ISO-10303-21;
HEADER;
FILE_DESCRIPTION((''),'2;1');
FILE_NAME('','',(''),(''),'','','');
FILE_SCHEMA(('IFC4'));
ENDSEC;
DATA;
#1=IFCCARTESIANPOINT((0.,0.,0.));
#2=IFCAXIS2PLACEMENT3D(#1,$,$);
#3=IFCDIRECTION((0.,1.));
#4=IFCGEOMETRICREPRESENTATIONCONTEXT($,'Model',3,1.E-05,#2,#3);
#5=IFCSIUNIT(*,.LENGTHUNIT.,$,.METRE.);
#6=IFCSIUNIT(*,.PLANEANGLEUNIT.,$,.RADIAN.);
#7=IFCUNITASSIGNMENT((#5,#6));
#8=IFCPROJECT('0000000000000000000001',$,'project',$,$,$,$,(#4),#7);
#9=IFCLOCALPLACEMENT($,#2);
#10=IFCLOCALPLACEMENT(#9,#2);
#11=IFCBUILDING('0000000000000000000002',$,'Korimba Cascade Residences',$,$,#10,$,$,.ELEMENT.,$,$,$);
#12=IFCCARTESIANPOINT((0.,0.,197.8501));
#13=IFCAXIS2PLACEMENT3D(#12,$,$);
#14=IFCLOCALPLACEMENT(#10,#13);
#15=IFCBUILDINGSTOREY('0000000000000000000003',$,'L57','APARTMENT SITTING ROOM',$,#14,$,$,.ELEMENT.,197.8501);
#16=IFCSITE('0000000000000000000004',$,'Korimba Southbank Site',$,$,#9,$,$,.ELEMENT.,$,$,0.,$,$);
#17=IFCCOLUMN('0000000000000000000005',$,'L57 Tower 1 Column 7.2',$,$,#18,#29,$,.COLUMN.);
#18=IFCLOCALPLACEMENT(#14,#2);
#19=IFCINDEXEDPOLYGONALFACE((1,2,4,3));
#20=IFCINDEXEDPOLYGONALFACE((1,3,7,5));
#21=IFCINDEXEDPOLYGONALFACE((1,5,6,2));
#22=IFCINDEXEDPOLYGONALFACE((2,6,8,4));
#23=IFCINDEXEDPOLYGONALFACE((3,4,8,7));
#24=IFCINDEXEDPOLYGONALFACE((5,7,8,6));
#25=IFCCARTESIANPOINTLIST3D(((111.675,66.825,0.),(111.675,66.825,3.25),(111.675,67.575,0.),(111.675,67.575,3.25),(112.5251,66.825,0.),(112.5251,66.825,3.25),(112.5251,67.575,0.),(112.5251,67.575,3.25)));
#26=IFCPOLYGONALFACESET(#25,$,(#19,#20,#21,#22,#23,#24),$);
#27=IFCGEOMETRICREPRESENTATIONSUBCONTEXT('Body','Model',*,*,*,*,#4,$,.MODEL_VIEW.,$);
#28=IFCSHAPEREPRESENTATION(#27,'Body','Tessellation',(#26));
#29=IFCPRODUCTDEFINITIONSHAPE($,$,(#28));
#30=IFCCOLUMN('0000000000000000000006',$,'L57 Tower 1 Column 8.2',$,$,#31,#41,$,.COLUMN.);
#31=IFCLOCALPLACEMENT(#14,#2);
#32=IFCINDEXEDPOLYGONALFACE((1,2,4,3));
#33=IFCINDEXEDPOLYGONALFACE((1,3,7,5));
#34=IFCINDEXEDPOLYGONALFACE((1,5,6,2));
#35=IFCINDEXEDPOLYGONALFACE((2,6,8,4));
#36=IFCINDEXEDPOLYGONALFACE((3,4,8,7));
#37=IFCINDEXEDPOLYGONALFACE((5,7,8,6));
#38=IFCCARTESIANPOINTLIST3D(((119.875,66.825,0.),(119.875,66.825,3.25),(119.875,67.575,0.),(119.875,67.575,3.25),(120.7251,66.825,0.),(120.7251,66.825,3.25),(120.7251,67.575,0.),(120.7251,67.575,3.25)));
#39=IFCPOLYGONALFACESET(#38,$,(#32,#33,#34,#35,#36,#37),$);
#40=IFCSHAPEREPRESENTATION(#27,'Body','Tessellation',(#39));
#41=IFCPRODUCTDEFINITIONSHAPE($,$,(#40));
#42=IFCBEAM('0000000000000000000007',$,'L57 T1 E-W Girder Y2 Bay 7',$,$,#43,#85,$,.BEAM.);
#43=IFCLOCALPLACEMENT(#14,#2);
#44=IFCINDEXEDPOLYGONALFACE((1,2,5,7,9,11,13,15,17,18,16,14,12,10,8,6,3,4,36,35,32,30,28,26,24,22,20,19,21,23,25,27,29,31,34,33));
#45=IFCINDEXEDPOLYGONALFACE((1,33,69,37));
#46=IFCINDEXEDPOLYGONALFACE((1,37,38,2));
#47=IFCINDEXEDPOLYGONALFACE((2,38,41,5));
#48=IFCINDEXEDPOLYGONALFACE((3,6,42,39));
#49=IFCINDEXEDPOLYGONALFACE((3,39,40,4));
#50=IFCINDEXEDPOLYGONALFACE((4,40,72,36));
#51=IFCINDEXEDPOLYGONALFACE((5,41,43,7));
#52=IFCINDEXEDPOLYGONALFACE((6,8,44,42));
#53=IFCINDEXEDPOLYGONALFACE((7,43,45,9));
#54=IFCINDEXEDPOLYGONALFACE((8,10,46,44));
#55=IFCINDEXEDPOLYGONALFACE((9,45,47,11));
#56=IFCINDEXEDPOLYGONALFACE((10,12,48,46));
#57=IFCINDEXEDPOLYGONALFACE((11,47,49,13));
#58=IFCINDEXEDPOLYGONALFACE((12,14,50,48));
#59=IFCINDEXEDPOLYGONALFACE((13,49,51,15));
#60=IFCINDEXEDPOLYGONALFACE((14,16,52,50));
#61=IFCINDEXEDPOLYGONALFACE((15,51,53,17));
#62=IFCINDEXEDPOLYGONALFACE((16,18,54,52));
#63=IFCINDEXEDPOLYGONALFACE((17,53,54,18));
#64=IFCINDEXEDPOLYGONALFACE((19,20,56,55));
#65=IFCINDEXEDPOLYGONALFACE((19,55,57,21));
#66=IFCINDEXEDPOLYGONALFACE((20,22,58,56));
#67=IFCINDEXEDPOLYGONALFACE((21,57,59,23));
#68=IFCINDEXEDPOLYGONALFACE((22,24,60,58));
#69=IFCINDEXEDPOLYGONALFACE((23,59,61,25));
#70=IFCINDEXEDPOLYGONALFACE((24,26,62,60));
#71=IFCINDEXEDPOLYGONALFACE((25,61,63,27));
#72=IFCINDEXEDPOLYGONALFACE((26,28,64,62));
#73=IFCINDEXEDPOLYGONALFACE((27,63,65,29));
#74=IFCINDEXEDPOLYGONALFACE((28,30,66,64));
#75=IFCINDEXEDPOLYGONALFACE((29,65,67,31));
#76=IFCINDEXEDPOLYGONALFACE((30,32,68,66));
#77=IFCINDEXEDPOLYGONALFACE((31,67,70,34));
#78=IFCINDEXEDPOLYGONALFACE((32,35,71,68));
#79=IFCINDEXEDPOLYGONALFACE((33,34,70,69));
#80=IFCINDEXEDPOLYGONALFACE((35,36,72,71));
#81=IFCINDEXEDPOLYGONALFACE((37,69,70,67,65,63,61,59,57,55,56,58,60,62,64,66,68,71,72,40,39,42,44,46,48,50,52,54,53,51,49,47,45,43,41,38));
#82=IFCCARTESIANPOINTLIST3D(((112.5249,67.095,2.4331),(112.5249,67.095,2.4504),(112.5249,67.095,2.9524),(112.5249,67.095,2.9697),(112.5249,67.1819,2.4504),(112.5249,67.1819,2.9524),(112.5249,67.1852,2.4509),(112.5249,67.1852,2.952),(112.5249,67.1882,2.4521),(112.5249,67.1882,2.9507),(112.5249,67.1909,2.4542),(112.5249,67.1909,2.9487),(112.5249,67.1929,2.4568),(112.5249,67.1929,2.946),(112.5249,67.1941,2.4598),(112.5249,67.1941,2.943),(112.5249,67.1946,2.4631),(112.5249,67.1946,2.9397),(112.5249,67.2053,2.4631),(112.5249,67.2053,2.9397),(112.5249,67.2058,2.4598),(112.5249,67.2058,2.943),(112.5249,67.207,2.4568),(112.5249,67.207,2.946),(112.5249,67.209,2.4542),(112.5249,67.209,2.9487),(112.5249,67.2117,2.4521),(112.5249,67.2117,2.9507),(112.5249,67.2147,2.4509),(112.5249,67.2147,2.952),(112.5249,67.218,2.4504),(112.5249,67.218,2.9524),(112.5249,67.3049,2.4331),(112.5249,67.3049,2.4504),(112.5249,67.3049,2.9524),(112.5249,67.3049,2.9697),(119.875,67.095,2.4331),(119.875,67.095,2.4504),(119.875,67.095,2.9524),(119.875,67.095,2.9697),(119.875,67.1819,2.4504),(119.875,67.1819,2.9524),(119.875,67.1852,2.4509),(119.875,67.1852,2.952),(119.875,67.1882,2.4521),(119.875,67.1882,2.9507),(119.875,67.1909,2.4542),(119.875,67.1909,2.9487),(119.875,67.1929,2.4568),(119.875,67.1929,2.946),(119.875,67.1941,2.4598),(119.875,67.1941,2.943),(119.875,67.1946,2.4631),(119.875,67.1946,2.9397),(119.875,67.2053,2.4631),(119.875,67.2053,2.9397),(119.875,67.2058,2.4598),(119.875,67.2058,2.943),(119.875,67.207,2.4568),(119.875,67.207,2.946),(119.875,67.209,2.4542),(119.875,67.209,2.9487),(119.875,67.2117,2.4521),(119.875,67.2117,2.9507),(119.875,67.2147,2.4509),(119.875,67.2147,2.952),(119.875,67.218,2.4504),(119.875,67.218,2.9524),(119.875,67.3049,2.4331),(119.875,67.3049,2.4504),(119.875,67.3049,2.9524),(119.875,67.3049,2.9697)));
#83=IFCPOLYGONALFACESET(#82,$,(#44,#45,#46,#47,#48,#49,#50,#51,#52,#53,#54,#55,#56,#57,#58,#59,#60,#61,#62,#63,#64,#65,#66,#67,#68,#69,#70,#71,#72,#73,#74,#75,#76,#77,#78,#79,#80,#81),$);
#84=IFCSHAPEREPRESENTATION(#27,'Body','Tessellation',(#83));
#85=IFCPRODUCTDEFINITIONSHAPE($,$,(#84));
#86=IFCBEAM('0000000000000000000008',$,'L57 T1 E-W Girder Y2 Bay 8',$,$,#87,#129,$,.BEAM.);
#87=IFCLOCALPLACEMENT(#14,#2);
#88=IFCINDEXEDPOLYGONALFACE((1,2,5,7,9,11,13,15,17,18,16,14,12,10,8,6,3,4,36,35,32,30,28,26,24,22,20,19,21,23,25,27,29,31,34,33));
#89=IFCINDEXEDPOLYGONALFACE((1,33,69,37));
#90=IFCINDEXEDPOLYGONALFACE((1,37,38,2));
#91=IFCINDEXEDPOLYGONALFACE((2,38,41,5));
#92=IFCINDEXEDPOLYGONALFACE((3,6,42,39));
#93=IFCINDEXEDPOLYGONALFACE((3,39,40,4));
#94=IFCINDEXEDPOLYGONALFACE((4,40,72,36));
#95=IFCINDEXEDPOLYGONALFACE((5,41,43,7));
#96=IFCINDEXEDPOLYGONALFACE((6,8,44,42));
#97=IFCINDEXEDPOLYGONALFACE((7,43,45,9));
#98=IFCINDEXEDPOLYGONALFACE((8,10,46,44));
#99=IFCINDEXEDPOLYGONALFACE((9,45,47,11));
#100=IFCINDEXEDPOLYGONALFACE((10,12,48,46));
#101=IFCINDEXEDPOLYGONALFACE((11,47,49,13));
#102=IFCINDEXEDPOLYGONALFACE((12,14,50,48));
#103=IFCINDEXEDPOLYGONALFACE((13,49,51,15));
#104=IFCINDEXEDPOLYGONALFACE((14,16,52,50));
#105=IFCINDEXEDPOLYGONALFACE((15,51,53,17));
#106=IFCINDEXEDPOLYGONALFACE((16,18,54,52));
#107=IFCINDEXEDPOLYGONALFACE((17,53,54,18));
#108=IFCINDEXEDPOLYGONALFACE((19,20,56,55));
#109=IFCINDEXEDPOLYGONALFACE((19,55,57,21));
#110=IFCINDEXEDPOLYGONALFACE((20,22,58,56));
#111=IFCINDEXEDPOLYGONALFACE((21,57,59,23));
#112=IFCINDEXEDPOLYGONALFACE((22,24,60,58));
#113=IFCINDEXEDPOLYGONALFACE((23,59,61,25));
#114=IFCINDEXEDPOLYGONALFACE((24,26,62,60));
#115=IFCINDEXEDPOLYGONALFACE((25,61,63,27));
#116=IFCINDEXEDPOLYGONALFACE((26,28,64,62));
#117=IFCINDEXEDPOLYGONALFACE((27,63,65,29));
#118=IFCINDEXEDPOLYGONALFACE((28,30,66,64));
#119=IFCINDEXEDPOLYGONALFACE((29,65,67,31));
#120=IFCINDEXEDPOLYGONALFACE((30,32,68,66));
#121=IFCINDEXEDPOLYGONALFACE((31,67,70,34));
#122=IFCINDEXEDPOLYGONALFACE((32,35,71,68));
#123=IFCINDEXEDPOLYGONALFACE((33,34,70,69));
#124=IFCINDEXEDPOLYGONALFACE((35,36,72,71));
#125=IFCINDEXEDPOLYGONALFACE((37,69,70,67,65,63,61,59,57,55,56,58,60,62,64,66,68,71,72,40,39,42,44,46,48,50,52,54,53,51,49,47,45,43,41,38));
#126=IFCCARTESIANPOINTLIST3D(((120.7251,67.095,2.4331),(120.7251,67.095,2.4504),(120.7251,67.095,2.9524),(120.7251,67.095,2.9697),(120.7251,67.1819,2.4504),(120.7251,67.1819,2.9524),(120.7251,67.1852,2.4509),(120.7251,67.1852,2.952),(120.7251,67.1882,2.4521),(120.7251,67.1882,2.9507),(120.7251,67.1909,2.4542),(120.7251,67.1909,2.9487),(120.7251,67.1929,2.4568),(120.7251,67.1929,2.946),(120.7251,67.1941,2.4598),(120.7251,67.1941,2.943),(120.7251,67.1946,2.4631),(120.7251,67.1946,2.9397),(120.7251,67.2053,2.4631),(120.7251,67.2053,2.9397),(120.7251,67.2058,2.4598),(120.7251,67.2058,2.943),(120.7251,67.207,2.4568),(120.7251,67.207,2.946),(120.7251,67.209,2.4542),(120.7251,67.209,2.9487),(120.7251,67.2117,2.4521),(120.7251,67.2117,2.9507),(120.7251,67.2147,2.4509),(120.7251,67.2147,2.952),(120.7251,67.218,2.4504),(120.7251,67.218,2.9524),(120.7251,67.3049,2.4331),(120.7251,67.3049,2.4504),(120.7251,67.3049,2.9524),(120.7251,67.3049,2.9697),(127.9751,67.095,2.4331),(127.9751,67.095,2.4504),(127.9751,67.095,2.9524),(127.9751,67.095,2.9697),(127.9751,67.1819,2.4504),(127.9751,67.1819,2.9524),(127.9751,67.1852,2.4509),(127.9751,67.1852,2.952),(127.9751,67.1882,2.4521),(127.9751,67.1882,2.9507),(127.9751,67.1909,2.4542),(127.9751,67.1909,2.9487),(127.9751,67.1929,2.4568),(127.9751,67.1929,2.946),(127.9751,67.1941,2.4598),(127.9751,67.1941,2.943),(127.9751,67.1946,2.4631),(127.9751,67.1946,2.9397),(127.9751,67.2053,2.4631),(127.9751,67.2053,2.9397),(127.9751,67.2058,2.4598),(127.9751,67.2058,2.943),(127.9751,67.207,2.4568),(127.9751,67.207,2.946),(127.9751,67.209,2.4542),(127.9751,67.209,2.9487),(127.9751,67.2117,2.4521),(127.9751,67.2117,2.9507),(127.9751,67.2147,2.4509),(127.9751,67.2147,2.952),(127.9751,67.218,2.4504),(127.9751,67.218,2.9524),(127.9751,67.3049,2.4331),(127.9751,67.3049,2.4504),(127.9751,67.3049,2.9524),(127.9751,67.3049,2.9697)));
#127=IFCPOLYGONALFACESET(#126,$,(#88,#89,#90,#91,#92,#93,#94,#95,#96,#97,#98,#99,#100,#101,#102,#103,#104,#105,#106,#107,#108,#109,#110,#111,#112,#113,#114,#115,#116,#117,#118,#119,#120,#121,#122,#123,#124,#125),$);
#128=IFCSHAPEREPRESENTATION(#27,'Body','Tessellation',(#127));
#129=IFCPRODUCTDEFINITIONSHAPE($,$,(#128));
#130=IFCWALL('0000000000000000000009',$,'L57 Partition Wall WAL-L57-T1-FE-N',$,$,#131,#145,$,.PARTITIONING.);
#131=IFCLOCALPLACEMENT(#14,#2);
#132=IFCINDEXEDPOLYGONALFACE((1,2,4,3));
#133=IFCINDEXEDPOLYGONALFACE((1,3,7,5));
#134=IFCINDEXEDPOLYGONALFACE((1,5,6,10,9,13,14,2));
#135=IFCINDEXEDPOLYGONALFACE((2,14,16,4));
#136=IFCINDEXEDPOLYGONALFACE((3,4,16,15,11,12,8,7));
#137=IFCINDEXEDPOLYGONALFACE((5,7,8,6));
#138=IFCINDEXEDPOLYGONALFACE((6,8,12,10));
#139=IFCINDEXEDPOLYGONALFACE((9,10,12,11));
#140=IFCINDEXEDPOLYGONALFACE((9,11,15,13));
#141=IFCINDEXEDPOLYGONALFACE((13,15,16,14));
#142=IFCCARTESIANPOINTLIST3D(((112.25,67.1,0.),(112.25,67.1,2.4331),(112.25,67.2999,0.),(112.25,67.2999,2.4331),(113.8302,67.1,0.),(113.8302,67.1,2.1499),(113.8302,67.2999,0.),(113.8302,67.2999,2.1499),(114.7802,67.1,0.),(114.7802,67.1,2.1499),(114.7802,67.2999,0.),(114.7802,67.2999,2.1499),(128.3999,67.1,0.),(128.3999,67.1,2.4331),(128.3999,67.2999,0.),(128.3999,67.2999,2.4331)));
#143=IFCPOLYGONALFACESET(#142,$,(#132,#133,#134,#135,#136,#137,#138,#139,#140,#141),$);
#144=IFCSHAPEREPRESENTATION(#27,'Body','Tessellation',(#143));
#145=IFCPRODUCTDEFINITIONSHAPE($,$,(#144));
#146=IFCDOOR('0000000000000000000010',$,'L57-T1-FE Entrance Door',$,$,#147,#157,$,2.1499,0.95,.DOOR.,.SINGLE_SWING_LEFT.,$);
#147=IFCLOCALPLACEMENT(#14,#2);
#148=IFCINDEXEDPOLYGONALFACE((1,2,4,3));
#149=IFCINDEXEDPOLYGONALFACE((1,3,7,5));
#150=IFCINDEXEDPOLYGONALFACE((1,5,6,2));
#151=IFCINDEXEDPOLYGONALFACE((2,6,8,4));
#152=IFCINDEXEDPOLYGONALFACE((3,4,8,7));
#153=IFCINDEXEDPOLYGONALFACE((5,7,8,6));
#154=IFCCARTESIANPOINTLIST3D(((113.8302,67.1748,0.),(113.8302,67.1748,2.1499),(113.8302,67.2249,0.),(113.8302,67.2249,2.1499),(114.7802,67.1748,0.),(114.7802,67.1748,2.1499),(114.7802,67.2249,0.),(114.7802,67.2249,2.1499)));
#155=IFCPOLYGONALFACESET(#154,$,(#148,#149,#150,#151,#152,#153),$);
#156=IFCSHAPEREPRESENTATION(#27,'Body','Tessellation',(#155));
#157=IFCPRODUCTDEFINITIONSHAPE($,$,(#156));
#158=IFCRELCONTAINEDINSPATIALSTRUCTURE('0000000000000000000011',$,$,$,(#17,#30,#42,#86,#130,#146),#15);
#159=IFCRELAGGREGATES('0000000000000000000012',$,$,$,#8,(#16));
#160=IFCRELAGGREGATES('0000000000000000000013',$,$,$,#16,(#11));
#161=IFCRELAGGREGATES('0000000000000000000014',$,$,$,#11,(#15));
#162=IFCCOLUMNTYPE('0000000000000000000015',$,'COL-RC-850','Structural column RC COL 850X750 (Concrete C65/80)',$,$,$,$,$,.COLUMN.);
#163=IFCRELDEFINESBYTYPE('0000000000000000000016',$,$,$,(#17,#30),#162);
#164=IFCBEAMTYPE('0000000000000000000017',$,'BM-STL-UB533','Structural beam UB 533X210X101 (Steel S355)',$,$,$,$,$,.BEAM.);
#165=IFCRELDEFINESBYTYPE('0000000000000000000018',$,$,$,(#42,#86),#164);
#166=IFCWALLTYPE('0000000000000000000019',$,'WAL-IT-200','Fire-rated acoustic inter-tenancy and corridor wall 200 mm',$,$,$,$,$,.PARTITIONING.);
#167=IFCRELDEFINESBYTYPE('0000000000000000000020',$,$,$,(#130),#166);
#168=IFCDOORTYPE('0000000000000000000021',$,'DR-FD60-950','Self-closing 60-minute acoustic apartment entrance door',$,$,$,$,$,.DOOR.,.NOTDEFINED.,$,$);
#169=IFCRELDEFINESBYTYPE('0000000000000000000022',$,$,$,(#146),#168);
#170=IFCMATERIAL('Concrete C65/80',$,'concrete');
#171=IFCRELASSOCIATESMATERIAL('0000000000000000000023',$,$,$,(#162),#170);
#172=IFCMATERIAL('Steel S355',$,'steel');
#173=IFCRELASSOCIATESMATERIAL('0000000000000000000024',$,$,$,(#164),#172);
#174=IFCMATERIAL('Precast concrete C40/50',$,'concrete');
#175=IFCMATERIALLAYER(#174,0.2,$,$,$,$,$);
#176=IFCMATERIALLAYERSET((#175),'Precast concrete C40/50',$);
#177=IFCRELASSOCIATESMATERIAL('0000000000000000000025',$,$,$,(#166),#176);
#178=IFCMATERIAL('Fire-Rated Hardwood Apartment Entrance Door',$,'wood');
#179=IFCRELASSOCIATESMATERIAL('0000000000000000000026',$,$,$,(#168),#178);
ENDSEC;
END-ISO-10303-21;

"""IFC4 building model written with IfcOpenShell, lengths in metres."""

from ifc_helpers import new_model, si_unit, direction, frame, frame_2d, origin, origin_2d, place, context, subcontext, project, spatial, rectangle, i_section, extrude, material, layer, layer_set, material_profile, profile_set, type_object, element, fill, save


model = new_model("IFC4")

# Units and contexts
model_context = context("Model", 3, precision=1e-05, world=origin(), true_north=direction((0.0, 1.0)))
body_context = subcontext(model_context, "Body", "Model", "MODEL_VIEW")
ifc_project = project(units=[si_unit("LENGTHUNIT", "METRE"), si_unit("PLANEANGLEUNIT", "RADIAN")], contexts=[model_context])

# Site, building, storey
site_placement = place(None, origin())
site = spatial("IfcSite", under=ifc_project, at=site_placement, Name="Korimba Southbank Site", CompositionType="ELEMENT", RefElevation=0.0)
building_placement = place(site_placement, origin())
building = spatial("IfcBuilding", under=site, at=building_placement, Name="Korimba Cascade Residences", CompositionType="ELEMENT")
storey_placement = place(building_placement, frame((0.0, 0.0, 197.8501)))
storey = spatial("IfcBuildingStorey", under=building, at=storey_placement, Name="L57", Description="APARTMENT SITTING ROOM", CompositionType="ELEMENT", Elevation=197.8501)

# Columns
ifc_material_1 = material(Name="Concrete C65/80", Category="concrete")
ifc_material_profile_1 = material_profile(ifc_material_1, rectangle(XDim=0.8501, YDim=0.75, at=origin_2d()), Name="Concrete C65/80")
ifc_profile_set_1 = profile_set([ifc_material_profile_1], Name="Concrete C65/80")
column_type = type_object("IfcColumnType", Name="COL-RC-850", Description="Structural column RC COL 850X750 (Concrete C65/80)", PredefinedType="COLUMN", material=ifc_profile_set_1)
for number, where, z_axis, x_axis, name in (
    (1, (112.1001, 67.2, 0.0), (0.0, 0.0, 1.0), (1.0, 0.0, 0.0), "L57 Tower 1 Column 7.2"),
    (2, (120.3, 67.2, 0.0), (0.0, 0.0, 1.0), (1.0, 0.0, 0.0), "L57 Tower 1 Column 8.2"),
):
    element("IfcColumn", number, at=place(storey_placement, frame(where, z_axis=z_axis, x_axis=x_axis)), inside=storey, type_object=column_type, Name=name, PredefinedType="COLUMN", context=body_context, shape_type="SweptSolid", body=[
        extrude(rectangle(XDim=0.8501, YDim=0.75, at=origin_2d()), origin(), (0.0, 0.0, 1.0), 3.25),
    ])

# Beams
ifc_material_2 = material(Name="Steel S355", Category="steel")
ifc_material_profile_2 = material_profile(ifc_material_2, i_section(OverallWidth=0.21, OverallDepth=0.5366, WebThickness=0.0107, FlangeThickness=0.0173, FilletRadius=0.0127, at=origin_2d()), Name="Steel S355")
ifc_profile_set_2 = profile_set([ifc_material_profile_2], Name="Steel S355")
beam_type = type_object("IfcBeamType", Name="BM-STL-UB533", Description="Structural beam UB 533X210X101 (Steel S355)", PredefinedType="BEAM", material=ifc_profile_set_2)
beam_1_placement = place(storey_placement, frame((112.5249, 67.2, 2.7014), z_axis=(1.0, 0.0, 0.0), x_axis=(0.0, 1.0, 0.0)))
element("IfcBeam", 3, at=beam_1_placement, inside=storey, type_object=beam_type, Name="L57 T1 E-W Girder Y2 Bay 7", PredefinedType="BEAM", context=body_context, shape_type="SweptSolid", body=[
    extrude(i_section(OverallWidth=0.21, OverallDepth=0.5366, WebThickness=0.0107, FlangeThickness=0.0173, FilletRadius=0.0127, at=origin_2d()), origin(), (0.0, 0.0, 1.0), 7.3501),
])
beam_2_placement = place(storey_placement, frame((120.7251, 67.2, 2.7014), z_axis=(1.0, 0.0, 0.0), x_axis=(0.0, 1.0, 0.0)))
element("IfcBeam", 4, at=beam_2_placement, inside=storey, type_object=beam_type, Name="L57 T1 E-W Girder Y2 Bay 8", PredefinedType="BEAM", context=body_context, shape_type="SweptSolid", body=[
    extrude(i_section(OverallWidth=0.21, OverallDepth=0.5366, WebThickness=0.0107, FlangeThickness=0.0173, FilletRadius=0.0127, at=origin_2d()), origin(), (0.0, 0.0, 1.0), 7.25),
])

# Wall, opening, door
ifc_material_3 = material(Name="Precast concrete C40/50", Category="concrete")
ifc_layer_1 = layer(ifc_material_3, 0.2)
ifc_layer_set_1 = layer_set([ifc_layer_1], Name="Precast concrete C40/50")
wall_type_1 = type_object("IfcWallType", Name="WAL-IT-200", Description="Fire-rated acoustic inter-tenancy and corridor wall 200 mm", PredefinedType="PARTITIONING", material=ifc_layer_set_1)
wall_1_placement = place(storey_placement, frame((112.25, 67.2, 0.0), z_axis=(0.0, 0.0, 1.0), x_axis=(1.0, 0.0, 0.0)))
wall_1 = element("IfcWall", 5, at=wall_1_placement, inside=storey, type_object=wall_type_1, Name="L57 Partition Wall WAL-L57-T1-FE-N", PredefinedType="PARTITIONING", context=body_context, shape_type="SweptSolid", body=[
    extrude(rectangle(XDim=16.1499, YDim=0.2, at=frame_2d((8.075, 0.0))), origin(), (0.0, 0.0, 1.0), 2.4331),
])
opening_1_placement = place(wall_1_placement, frame((1.5801, 0.0, 0.0)))
opening_1 = element("IfcOpeningElement", 6, at=opening_1_placement, cuts=wall_1, PredefinedType="OPENING", context=body_context, shape_type="SweptSolid", body=[
    extrude(rectangle(XDim=0.95, YDim=2.1499, at=frame_2d((0.4751, 1.075))), frame((0.0, 0.1099, 0.0), z_axis=(0.0, -1.0, 0.0), x_axis=(1.0, 0.0, 0.0)), (0.0, 0.0, 1.0), 0.22),
])
ifc_material_4 = material(Name="Fire-Rated Hardwood Apartment Entrance Door", Category="wood")
door_type_1 = type_object("IfcDoorType", Name="DR-FD60-950", Description="Self-closing 60-minute acoustic apartment entrance door", OperationType="NOTDEFINED", PredefinedType="DOOR", material=ifc_material_4)
door_1_placement = place(opening_1_placement, origin())
door_1 = element("IfcDoor", 7, at=door_1_placement, inside=storey, type_object=door_type_1, Name="L57-T1-FE Entrance Door", OperationType="SINGLE_SWING_LEFT", OverallHeight=2.1499, OverallWidth=0.95, PredefinedType="DOOR", context=body_context, shape_type="SweptSolid", body=[
    extrude(rectangle(XDim=0.95, YDim=2.1499, at=frame_2d((0.4751, 1.075))), frame((0.0, 0.0249, 0.0), z_axis=(0.0, -1.0, 0.0), x_axis=(1.0, 0.0, 0.0)), (0.0, 0.0, 1.0), 0.05),
])
fill(opening_1, door_1)

save(model, "model.ifc")
